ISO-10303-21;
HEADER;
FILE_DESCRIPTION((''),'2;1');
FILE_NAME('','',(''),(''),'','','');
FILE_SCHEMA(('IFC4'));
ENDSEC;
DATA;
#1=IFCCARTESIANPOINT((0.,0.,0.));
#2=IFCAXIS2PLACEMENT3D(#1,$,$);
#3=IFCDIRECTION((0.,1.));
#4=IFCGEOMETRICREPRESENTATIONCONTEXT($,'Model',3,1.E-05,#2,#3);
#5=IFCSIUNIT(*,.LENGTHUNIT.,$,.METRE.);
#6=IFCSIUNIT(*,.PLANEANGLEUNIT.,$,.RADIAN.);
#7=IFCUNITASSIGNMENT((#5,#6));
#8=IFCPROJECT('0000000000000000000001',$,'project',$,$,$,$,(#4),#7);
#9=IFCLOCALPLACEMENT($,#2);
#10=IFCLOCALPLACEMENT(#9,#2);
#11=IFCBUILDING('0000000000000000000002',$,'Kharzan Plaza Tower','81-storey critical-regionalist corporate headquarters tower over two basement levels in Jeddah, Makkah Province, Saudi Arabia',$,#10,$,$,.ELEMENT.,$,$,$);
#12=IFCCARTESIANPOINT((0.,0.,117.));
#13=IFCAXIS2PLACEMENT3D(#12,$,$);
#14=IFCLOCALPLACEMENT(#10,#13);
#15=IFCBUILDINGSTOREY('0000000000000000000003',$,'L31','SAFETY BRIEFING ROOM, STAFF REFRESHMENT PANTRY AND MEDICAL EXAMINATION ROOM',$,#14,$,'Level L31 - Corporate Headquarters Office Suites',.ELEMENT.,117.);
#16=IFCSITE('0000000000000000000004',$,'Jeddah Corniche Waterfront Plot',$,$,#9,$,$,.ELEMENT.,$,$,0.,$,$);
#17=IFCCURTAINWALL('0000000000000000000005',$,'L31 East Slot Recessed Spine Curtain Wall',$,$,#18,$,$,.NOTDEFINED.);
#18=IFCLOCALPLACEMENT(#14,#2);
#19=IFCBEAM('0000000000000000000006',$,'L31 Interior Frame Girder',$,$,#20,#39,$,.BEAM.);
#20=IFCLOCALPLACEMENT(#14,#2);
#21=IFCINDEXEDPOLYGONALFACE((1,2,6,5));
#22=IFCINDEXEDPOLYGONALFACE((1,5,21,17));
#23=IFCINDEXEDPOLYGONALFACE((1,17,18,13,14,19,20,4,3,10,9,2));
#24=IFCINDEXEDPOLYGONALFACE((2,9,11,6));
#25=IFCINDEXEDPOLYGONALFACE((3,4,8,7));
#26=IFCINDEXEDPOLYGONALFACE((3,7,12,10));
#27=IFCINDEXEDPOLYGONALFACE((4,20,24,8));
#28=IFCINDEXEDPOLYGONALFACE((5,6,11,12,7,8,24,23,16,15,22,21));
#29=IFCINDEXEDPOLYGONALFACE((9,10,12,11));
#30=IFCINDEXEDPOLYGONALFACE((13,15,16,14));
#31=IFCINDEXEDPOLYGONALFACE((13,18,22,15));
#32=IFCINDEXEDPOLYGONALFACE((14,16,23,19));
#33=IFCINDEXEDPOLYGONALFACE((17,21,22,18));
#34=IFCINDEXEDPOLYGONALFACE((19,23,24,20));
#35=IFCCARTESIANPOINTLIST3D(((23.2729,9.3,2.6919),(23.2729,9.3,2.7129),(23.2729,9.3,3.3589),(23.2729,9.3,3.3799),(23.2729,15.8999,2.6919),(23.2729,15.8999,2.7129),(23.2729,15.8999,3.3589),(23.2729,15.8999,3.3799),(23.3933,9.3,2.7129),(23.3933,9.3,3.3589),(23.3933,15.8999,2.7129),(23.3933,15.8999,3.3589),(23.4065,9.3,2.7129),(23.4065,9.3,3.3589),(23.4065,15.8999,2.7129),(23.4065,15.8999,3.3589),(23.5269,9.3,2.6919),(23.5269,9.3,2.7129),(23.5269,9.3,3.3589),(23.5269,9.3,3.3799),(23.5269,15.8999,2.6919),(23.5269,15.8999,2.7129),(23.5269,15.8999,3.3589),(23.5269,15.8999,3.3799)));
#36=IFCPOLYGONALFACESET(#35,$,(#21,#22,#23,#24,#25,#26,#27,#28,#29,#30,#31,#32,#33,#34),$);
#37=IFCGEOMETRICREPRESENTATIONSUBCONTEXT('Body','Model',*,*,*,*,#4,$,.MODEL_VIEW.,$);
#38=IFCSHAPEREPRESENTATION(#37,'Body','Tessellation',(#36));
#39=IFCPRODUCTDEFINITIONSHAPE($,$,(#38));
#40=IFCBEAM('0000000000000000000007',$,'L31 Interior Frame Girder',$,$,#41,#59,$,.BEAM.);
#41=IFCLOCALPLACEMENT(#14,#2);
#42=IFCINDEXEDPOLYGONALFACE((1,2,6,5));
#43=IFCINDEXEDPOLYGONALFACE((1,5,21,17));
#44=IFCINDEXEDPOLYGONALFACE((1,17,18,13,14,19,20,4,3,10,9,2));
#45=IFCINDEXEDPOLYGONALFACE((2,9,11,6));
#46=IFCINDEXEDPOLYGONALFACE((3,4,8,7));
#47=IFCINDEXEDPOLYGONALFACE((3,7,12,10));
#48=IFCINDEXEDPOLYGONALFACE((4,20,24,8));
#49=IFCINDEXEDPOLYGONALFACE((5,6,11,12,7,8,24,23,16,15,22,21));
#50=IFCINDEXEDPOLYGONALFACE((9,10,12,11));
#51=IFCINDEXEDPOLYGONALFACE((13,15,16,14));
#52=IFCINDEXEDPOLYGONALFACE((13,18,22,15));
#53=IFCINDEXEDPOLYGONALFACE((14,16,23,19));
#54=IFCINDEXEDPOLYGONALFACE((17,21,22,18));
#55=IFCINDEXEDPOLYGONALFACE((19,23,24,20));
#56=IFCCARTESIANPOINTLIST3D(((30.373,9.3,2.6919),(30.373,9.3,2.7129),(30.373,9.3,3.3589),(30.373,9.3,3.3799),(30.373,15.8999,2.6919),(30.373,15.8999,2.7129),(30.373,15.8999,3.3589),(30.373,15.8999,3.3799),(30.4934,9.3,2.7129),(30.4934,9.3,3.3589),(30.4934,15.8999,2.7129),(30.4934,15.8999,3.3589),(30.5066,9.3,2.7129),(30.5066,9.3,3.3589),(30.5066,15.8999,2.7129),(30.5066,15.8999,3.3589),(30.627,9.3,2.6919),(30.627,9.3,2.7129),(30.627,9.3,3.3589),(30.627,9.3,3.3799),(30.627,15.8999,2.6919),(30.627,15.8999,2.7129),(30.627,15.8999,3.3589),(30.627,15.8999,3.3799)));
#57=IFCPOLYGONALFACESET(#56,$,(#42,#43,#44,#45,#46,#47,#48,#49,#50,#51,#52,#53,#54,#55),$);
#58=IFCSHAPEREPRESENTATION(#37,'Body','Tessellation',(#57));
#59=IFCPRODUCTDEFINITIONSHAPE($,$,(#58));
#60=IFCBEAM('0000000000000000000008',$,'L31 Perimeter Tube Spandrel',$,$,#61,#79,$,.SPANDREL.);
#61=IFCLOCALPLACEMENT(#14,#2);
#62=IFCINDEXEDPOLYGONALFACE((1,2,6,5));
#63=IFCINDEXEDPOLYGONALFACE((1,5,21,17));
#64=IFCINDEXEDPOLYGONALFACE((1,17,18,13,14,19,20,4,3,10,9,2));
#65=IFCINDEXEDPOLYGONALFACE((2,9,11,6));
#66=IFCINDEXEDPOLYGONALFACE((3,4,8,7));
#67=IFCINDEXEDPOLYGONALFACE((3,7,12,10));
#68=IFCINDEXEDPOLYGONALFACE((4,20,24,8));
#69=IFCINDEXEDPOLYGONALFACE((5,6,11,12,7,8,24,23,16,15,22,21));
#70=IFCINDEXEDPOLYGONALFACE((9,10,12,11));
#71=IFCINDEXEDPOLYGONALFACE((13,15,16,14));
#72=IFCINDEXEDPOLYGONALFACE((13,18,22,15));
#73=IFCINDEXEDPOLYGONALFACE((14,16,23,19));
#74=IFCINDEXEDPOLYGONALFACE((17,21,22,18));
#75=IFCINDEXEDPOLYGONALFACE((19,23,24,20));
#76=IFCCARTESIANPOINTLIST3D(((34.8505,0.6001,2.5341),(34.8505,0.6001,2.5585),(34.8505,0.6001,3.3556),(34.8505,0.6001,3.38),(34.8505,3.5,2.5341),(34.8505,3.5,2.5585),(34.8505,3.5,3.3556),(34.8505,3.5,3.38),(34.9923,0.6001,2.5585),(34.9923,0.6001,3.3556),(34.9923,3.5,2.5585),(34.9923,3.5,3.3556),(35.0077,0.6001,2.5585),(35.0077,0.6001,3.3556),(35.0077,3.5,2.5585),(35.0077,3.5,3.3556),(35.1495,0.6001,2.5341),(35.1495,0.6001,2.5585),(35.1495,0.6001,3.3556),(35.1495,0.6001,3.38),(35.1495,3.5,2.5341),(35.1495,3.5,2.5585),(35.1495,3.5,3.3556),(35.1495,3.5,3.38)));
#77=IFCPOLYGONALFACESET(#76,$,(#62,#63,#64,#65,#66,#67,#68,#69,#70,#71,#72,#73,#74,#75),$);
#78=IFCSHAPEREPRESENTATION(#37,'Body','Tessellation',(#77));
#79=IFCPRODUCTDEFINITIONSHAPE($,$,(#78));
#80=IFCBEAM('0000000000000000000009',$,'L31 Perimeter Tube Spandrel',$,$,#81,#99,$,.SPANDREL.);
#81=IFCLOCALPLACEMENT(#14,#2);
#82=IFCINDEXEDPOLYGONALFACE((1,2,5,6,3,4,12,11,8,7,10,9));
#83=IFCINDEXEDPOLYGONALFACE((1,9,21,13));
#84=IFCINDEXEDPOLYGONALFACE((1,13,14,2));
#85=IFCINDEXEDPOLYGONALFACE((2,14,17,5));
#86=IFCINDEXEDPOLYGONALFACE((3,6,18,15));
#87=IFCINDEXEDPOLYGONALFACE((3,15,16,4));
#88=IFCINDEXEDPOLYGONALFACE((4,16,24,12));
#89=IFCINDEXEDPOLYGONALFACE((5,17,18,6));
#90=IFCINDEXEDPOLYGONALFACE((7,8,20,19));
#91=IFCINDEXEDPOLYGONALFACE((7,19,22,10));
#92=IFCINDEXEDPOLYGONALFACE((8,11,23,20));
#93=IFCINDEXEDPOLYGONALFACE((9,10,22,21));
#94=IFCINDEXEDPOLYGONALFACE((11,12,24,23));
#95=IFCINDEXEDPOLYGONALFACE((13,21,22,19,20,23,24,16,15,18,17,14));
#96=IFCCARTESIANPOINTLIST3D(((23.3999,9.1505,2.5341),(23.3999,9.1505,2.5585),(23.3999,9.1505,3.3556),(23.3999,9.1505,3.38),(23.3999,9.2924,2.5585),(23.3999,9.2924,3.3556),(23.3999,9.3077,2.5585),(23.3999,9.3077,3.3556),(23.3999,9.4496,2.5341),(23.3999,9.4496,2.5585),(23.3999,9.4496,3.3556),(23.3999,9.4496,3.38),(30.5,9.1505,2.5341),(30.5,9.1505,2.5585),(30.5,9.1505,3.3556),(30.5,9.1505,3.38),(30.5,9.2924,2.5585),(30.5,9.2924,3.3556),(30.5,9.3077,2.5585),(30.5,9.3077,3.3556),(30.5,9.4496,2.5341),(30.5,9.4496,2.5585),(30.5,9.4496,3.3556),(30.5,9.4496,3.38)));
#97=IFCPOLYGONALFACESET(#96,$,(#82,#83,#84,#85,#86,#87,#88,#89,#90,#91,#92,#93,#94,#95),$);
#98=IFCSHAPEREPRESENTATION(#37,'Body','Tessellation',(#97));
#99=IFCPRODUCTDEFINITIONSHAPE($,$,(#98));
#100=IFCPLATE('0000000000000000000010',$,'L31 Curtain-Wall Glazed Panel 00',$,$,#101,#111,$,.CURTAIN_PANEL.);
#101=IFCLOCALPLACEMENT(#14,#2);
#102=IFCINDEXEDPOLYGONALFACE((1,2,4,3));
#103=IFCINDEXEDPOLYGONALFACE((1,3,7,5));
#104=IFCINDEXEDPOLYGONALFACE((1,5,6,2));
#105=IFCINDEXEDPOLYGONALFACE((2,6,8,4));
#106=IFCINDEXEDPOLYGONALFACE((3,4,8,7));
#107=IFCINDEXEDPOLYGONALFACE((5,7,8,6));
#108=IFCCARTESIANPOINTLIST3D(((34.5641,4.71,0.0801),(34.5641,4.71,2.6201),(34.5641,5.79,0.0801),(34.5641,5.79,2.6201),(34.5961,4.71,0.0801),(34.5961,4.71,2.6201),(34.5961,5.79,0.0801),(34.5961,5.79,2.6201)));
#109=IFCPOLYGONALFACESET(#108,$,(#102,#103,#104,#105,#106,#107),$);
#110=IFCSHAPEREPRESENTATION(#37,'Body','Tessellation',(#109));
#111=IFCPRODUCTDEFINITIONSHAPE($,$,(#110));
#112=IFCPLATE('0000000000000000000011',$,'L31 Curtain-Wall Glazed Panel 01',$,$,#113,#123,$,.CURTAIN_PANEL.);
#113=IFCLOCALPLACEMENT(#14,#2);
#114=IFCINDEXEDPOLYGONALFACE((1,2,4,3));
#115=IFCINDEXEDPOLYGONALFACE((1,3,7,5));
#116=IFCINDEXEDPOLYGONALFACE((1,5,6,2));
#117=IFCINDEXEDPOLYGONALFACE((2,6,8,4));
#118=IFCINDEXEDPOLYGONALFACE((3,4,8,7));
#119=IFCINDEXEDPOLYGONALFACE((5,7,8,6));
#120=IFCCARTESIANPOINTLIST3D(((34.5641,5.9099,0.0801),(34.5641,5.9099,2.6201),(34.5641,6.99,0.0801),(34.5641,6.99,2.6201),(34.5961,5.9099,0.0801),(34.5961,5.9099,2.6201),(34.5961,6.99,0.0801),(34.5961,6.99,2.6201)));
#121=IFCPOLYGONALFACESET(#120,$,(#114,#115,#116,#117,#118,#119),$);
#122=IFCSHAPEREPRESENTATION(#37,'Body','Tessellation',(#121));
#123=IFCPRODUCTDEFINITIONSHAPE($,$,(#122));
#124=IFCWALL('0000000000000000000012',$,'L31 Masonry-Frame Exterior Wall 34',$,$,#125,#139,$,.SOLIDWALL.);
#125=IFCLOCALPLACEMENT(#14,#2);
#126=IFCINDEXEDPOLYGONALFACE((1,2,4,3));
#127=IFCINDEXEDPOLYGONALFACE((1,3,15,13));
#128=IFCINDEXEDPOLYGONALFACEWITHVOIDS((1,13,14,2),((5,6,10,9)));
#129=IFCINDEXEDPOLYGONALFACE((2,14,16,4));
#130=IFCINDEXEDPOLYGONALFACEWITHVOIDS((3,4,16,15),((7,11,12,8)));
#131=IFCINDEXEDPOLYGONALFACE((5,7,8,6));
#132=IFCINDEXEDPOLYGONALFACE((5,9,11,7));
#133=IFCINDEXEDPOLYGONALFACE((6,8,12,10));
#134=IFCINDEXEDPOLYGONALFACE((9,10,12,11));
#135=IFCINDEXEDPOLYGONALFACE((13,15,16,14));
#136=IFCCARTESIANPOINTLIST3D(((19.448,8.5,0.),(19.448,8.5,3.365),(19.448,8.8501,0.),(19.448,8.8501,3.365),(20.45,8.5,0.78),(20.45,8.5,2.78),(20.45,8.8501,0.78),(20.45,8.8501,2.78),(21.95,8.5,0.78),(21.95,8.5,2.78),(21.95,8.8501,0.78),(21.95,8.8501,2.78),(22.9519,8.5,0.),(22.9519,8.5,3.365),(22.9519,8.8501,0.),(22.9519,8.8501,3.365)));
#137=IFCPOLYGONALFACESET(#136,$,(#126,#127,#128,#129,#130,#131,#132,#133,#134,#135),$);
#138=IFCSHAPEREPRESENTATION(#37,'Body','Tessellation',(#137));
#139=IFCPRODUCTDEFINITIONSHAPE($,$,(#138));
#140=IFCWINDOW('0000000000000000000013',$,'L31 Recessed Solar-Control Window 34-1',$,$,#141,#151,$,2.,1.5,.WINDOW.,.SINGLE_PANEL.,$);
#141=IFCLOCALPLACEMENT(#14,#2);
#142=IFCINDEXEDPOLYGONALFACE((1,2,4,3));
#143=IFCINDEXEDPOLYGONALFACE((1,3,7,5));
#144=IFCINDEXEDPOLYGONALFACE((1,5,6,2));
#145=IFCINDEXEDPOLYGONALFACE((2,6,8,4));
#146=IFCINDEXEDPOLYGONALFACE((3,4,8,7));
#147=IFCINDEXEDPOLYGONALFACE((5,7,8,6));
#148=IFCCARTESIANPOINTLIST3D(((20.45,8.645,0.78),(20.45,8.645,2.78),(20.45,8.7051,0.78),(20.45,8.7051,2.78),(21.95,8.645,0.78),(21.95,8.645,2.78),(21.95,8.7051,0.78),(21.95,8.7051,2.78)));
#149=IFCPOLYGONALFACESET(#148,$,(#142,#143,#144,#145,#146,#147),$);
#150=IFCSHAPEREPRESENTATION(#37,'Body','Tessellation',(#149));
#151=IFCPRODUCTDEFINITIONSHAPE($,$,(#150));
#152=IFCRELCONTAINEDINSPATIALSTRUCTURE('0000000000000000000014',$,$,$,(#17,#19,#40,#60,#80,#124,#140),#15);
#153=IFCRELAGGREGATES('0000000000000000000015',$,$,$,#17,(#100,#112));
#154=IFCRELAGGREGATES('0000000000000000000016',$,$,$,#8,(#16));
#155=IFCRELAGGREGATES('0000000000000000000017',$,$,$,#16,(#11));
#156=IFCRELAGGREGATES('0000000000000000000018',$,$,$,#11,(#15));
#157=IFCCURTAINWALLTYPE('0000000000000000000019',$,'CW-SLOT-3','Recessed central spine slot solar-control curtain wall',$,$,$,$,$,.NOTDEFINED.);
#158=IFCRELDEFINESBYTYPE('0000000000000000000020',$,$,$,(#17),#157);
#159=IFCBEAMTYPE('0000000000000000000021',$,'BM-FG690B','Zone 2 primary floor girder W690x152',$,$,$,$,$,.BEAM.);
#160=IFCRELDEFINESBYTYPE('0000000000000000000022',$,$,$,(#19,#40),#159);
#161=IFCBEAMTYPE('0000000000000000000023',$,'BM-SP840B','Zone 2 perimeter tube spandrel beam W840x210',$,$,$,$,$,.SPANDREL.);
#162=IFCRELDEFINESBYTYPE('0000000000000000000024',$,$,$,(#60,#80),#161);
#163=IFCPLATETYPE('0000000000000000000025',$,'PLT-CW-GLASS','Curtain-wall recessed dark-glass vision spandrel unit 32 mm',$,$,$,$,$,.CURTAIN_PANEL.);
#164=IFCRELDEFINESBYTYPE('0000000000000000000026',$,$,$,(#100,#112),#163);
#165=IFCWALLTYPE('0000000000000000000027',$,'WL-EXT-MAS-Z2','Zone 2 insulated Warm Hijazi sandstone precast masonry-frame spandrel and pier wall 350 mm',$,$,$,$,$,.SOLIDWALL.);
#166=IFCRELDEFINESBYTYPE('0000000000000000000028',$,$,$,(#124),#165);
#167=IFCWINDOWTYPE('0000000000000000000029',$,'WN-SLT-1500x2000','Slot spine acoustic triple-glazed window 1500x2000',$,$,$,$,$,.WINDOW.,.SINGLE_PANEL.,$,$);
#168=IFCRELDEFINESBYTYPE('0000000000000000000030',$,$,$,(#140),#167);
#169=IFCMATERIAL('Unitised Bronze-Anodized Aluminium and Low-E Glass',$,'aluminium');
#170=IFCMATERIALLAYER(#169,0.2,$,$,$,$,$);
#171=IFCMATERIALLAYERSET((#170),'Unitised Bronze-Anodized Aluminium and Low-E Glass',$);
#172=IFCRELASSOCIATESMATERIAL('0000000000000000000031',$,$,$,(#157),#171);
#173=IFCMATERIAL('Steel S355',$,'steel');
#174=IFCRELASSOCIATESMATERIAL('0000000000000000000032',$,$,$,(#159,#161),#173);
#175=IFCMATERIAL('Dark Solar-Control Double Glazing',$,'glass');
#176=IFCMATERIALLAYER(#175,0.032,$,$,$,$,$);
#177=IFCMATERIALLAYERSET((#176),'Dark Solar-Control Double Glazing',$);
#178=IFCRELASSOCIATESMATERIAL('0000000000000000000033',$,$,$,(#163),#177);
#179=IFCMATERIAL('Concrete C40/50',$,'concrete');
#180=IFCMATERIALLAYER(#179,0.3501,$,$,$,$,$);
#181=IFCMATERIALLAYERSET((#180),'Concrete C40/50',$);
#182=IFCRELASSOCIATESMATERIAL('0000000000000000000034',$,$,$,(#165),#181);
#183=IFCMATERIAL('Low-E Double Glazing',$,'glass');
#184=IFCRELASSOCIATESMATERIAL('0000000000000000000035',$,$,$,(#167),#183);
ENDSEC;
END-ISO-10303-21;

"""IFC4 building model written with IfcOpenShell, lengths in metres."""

from ifc_helpers import new_model, si_unit, direction, frame, frame_2d, origin, origin_2d, place, context, subcontext, project, spatial, rectangle, i_section, extrude, source, transform, mapped, material, layer, layer_set, material_profile, profile_set, type_object, element, fill, aggregate, save


model = new_model("IFC4")

# Units and contexts
model_context = context("Model", 3, precision=1e-05, world=origin(), true_north=direction((0.0, 1.0)))
body_context = subcontext(model_context, "Body", "Model", "MODEL_VIEW")
ifc_project = project(units=[si_unit("LENGTHUNIT", "METRE"), si_unit("PLANEANGLEUNIT", "RADIAN")], contexts=[model_context])

# Site, building, storey
site_placement = place(None, origin())
site = spatial("IfcSite", under=ifc_project, at=site_placement, Name="Jeddah Corniche Waterfront Plot", CompositionType="ELEMENT", RefElevation=0.0)
building_placement = place(site_placement, origin())
building = spatial("IfcBuilding", under=site, at=building_placement, Name="Kharzan Plaza Tower", Description="81-storey critical-regionalist corporate headquarters tower over two basement levels in Jeddah, Makkah Province, Saudi Arabia", CompositionType="ELEMENT")
storey_placement = place(building_placement, frame((0.0, 0.0, 117.0)))
storey = spatial("IfcBuildingStorey", under=building, at=storey_placement, Name="L31", Description="SAFETY BRIEFING ROOM, STAFF REFRESHMENT PANTRY AND MEDICAL EXAMINATION ROOM", LongName="Level L31 - Corporate Headquarters Office Suites", CompositionType="ELEMENT", Elevation=117.0)

# Curtain wall
ifc_material_1 = material(Name="Unitised Bronze-Anodized Aluminium and Low-E Glass", Category="aluminium")
ifc_layer_1 = layer(ifc_material_1, 0.2)
ifc_layer_set_1 = layer_set([ifc_layer_1], Name="Unitised Bronze-Anodized Aluminium and Low-E Glass")
curtain_wall_type = type_object("IfcCurtainWallType", Name="CW-SLOT-3", Description="Recessed central spine slot solar-control curtain wall", PredefinedType="NOTDEFINED", material=ifc_layer_set_1)
curtain_wall_placement = place(storey_placement, origin())
curtain_wall = element("IfcCurtainWall", 1, at=curtain_wall_placement, inside=storey, type_object=curtain_wall_type, Name="L31 East Slot Recessed Spine Curtain Wall", PredefinedType="NOTDEFINED")

# Beams
ifc_material_2 = material(Name="Steel S355", Category="steel")
ifc_material_profile_1 = material_profile(ifc_material_2, i_section(OverallWidth=0.2539, OverallDepth=0.688, WebThickness=0.0132, FlangeThickness=0.021, at=origin_2d()), Name="W690x152")
ifc_profile_set_1 = profile_set([ifc_material_profile_1], Name="Steel S355")
beam_type_1 = type_object("IfcBeamType", Name="BM-FG690B", Description="Zone 2 primary floor girder W690x152", PredefinedType="BEAM", material=ifc_profile_set_1)
shared_shape_1 = source(origin(), body_context, "Body", "SweptSolid", [
    extrude(i_section(OverallWidth=0.2539, OverallDepth=0.688, WebThickness=0.0132, FlangeThickness=0.021, at=origin_2d()), origin(), (0.0, 0.0, 1.0), 6.5999),
])
for number, where, z_axis, x_axis, name in (
    (2, (23.3999, 9.3, 3.0359), (0.0, 1.0, 0.0), (-1.0, 0.0, 0.0), "L31 Interior Frame Girder"),
    (3, (30.5, 9.3, 3.0359), (0.0, 1.0, 0.0), (-1.0, 0.0, 0.0), "L31 Interior Frame Girder"),
):
    element("IfcBeam", number, at=place(storey_placement, frame(where, z_axis=z_axis, x_axis=x_axis)), inside=storey, type_object=beam_type_1, Name=name, PredefinedType="BEAM", context=body_context, shape_type="MappedRepresentation", body=[
        mapped(shared_shape_1, transform((0.0, 0.0, 0.0), x_axis=(1.0, 0.0, 0.0), y_axis=(0.0, 1.0, 0.0), z_axis=(0.0, 0.0, 1.0))),
    ])
ifc_material_profile_2 = material_profile(ifc_material_2, i_section(OverallWidth=0.2991, OverallDepth=0.8459, WebThickness=0.0154, FlangeThickness=0.0244, at=origin_2d()), Name="W840x210")
ifc_profile_set_2 = profile_set([ifc_material_profile_2], Name="Steel S355")
beam_type_2 = type_object("IfcBeamType", Name="BM-SP840B", Description="Zone 2 perimeter tube spandrel beam W840x210", PredefinedType="SPANDREL", material=ifc_profile_set_2)
shared_shape_2 = source(origin(), body_context, "Body", "SweptSolid", [
    extrude(i_section(OverallWidth=0.2991, OverallDepth=0.8459, WebThickness=0.0154, FlangeThickness=0.0244, at=origin_2d()), origin(), (0.0, 0.0, 1.0), 2.8999),
])
beam_1_placement = place(storey_placement, frame((35.0, 0.6001, 2.957), z_axis=(0.0, 1.0, 0.0), x_axis=(-1.0, 0.0, 0.0)))
element("IfcBeam", 4, at=beam_1_placement, inside=storey, type_object=beam_type_2, Name="L31 Perimeter Tube Spandrel", PredefinedType="SPANDREL", context=body_context, shape_type="MappedRepresentation", body=[
    mapped(shared_shape_2, transform((0.0, 0.0, 0.0), x_axis=(1.0, 0.0, 0.0), y_axis=(0.0, 1.0, 0.0), z_axis=(0.0, 0.0, 1.0))),
])
shared_shape_3 = source(origin(), body_context, "Body", "SweptSolid", [
    extrude(i_section(OverallWidth=0.2991, OverallDepth=0.8459, WebThickness=0.0154, FlangeThickness=0.0244, at=origin_2d()), origin(), (0.0, 0.0, 1.0), 7.1001),
])
beam_2_placement = place(storey_placement, frame((23.3999, 9.3, 2.957), z_axis=(1.0, 0.0, 0.0), x_axis=(0.0, 1.0, 0.0)))
element("IfcBeam", 5, at=beam_2_placement, inside=storey, type_object=beam_type_2, Name="L31 Perimeter Tube Spandrel", PredefinedType="SPANDREL", context=body_context, shape_type="MappedRepresentation", body=[
    mapped(shared_shape_3, transform((0.0, 0.0, 0.0), x_axis=(1.0, 0.0, 0.0), y_axis=(0.0, 1.0, 0.0), z_axis=(0.0, 0.0, 1.0))),
])

# Plates
ifc_material_3 = material(Name="Dark Solar-Control Double Glazing", Category="glass")
ifc_layer_2 = layer(ifc_material_3, 0.032)
ifc_layer_set_2 = layer_set([ifc_layer_2], Name="Dark Solar-Control Double Glazing")
plate_type = type_object("IfcPlateType", Name="PLT-CW-GLASS", Description="Curtain-wall recessed dark-glass vision spandrel unit 32 mm", PredefinedType="CURTAIN_PANEL", material=ifc_layer_set_2)
shared_shape_4 = source(origin(), body_context, "Body", "SweptSolid", [
    extrude(rectangle(XDim=1.0801, YDim=0.032, at=origin_2d()), origin(), (0.0, 0.0, 1.0), 2.54),
])
plate_1_placement = place(storey_placement, frame((34.5801, 5.25, 0.0801), z_axis=(0.0, 0.0, 1.0), x_axis=(0.0, 1.0, 0.0)))
plate_1 = element("IfcPlate", 6, at=plate_1_placement, type_object=plate_type, Name="L31 Curtain-Wall Glazed Panel 00", PredefinedType="CURTAIN_PANEL", context=body_context, shape_type="MappedRepresentation", body=[
    mapped(shared_shape_4, transform((0.0, 0.0, 0.0), x_axis=(1.0, 0.0, 0.0), y_axis=(0.0, 1.0, 0.0), z_axis=(0.0, 0.0, 1.0))),
])
plate_2_placement = place(storey_placement, frame((34.5801, 6.45, 0.0801), z_axis=(0.0, 0.0, 1.0), x_axis=(0.0, 1.0, 0.0)))
plate_2 = element("IfcPlate", 7, at=plate_2_placement, type_object=plate_type, Name="L31 Curtain-Wall Glazed Panel 01", PredefinedType="CURTAIN_PANEL", context=body_context, shape_type="MappedRepresentation", body=[
    mapped(shared_shape_4, transform((0.0, 0.0, 0.0), x_axis=(1.0, 0.0, 0.0), y_axis=(0.0, 1.0, 0.0), z_axis=(0.0, 0.0, 1.0))),
])
aggregate(curtain_wall, [plate_1, plate_2])

# Wall, opening, window
ifc_material_4 = material(Name="Concrete C40/50", Category="concrete")
ifc_layer_3 = layer(ifc_material_4, 0.3501)
ifc_layer_set_3 = layer_set([ifc_layer_3], Name="Concrete C40/50")
wall_type = type_object("IfcWallType", Name="WL-EXT-MAS-Z2", Description="Zone 2 insulated Warm Hijazi sandstone precast masonry-frame spandrel and pier wall 350 mm", PredefinedType="SOLIDWALL", material=ifc_layer_set_3)
wall_1_placement = place(storey_placement, frame((19.448, 8.675, 0.0), z_axis=(0.0, 0.0, 1.0), x_axis=(1.0, 0.0, 0.0)))
wall_1 = element("IfcWall", 8, at=wall_1_placement, inside=storey, type_object=wall_type, Name="L31 Masonry-Frame Exterior Wall 34", PredefinedType="SOLIDWALL", context=body_context, shape_type="SweptSolid", body=[
    extrude(rectangle(XDim=3.5039, YDim=0.3501, at=frame_2d((1.752, 0.0))), origin(), (0.0, 0.0, 1.0), 3.365),
])
opening_1_placement = place(wall_1_placement, frame((1.002, 0.0, 0.78)))
opening_1 = element("IfcOpeningElement", 9, at=opening_1_placement, cuts=wall_1, PredefinedType="OPENING", context=body_context, shape_type="SweptSolid", body=[
    extrude(rectangle(XDim=1.5, YDim=2.0, at=frame_2d((0.75, 1.0))), frame((0.0, 0.1851, 0.0), z_axis=(0.0, -1.0, 0.0), x_axis=(1.0, 0.0, 0.0)), (0.0, 0.0, 1.0), 0.3701),
])
ifc_material_5 = material(Name="Low-E Double Glazing", Category="glass")
window_type = type_object("IfcWindowType", Name="WN-SLT-1500x2000", Description="Slot spine acoustic triple-glazed window 1500x2000", PartitioningType="SINGLE_PANEL", PredefinedType="WINDOW", material=ifc_material_5)
shared_shape_5 = source(origin(), body_context, "Body", "SweptSolid", [
    extrude(rectangle(XDim=1.5, YDim=2.0, at=frame_2d((0.75, 1.0))), frame((0.0, 0.03, 0.0), z_axis=(0.0, -1.0, 0.0), x_axis=(1.0, 0.0, 0.0)), (0.0, 0.0, 1.0), 0.0601),
])
window_1_placement = place(opening_1_placement, origin())
window_1 = element("IfcWindow", 10, at=window_1_placement, inside=storey, type_object=window_type, Name="L31 Recessed Solar-Control Window 34-1", OverallHeight=2.0, OverallWidth=1.5, PartitioningType="SINGLE_PANEL", PredefinedType="WINDOW", context=body_context, shape_type="MappedRepresentation", body=[
    mapped(shared_shape_5, transform((0.0, 0.0, 0.0), x_axis=(1.0, 0.0, 0.0), y_axis=(0.0, 1.0, 0.0), z_axis=(0.0, 0.0, 1.0))),
])
fill(opening_1, window_1)

save(model, "model.ifc")
